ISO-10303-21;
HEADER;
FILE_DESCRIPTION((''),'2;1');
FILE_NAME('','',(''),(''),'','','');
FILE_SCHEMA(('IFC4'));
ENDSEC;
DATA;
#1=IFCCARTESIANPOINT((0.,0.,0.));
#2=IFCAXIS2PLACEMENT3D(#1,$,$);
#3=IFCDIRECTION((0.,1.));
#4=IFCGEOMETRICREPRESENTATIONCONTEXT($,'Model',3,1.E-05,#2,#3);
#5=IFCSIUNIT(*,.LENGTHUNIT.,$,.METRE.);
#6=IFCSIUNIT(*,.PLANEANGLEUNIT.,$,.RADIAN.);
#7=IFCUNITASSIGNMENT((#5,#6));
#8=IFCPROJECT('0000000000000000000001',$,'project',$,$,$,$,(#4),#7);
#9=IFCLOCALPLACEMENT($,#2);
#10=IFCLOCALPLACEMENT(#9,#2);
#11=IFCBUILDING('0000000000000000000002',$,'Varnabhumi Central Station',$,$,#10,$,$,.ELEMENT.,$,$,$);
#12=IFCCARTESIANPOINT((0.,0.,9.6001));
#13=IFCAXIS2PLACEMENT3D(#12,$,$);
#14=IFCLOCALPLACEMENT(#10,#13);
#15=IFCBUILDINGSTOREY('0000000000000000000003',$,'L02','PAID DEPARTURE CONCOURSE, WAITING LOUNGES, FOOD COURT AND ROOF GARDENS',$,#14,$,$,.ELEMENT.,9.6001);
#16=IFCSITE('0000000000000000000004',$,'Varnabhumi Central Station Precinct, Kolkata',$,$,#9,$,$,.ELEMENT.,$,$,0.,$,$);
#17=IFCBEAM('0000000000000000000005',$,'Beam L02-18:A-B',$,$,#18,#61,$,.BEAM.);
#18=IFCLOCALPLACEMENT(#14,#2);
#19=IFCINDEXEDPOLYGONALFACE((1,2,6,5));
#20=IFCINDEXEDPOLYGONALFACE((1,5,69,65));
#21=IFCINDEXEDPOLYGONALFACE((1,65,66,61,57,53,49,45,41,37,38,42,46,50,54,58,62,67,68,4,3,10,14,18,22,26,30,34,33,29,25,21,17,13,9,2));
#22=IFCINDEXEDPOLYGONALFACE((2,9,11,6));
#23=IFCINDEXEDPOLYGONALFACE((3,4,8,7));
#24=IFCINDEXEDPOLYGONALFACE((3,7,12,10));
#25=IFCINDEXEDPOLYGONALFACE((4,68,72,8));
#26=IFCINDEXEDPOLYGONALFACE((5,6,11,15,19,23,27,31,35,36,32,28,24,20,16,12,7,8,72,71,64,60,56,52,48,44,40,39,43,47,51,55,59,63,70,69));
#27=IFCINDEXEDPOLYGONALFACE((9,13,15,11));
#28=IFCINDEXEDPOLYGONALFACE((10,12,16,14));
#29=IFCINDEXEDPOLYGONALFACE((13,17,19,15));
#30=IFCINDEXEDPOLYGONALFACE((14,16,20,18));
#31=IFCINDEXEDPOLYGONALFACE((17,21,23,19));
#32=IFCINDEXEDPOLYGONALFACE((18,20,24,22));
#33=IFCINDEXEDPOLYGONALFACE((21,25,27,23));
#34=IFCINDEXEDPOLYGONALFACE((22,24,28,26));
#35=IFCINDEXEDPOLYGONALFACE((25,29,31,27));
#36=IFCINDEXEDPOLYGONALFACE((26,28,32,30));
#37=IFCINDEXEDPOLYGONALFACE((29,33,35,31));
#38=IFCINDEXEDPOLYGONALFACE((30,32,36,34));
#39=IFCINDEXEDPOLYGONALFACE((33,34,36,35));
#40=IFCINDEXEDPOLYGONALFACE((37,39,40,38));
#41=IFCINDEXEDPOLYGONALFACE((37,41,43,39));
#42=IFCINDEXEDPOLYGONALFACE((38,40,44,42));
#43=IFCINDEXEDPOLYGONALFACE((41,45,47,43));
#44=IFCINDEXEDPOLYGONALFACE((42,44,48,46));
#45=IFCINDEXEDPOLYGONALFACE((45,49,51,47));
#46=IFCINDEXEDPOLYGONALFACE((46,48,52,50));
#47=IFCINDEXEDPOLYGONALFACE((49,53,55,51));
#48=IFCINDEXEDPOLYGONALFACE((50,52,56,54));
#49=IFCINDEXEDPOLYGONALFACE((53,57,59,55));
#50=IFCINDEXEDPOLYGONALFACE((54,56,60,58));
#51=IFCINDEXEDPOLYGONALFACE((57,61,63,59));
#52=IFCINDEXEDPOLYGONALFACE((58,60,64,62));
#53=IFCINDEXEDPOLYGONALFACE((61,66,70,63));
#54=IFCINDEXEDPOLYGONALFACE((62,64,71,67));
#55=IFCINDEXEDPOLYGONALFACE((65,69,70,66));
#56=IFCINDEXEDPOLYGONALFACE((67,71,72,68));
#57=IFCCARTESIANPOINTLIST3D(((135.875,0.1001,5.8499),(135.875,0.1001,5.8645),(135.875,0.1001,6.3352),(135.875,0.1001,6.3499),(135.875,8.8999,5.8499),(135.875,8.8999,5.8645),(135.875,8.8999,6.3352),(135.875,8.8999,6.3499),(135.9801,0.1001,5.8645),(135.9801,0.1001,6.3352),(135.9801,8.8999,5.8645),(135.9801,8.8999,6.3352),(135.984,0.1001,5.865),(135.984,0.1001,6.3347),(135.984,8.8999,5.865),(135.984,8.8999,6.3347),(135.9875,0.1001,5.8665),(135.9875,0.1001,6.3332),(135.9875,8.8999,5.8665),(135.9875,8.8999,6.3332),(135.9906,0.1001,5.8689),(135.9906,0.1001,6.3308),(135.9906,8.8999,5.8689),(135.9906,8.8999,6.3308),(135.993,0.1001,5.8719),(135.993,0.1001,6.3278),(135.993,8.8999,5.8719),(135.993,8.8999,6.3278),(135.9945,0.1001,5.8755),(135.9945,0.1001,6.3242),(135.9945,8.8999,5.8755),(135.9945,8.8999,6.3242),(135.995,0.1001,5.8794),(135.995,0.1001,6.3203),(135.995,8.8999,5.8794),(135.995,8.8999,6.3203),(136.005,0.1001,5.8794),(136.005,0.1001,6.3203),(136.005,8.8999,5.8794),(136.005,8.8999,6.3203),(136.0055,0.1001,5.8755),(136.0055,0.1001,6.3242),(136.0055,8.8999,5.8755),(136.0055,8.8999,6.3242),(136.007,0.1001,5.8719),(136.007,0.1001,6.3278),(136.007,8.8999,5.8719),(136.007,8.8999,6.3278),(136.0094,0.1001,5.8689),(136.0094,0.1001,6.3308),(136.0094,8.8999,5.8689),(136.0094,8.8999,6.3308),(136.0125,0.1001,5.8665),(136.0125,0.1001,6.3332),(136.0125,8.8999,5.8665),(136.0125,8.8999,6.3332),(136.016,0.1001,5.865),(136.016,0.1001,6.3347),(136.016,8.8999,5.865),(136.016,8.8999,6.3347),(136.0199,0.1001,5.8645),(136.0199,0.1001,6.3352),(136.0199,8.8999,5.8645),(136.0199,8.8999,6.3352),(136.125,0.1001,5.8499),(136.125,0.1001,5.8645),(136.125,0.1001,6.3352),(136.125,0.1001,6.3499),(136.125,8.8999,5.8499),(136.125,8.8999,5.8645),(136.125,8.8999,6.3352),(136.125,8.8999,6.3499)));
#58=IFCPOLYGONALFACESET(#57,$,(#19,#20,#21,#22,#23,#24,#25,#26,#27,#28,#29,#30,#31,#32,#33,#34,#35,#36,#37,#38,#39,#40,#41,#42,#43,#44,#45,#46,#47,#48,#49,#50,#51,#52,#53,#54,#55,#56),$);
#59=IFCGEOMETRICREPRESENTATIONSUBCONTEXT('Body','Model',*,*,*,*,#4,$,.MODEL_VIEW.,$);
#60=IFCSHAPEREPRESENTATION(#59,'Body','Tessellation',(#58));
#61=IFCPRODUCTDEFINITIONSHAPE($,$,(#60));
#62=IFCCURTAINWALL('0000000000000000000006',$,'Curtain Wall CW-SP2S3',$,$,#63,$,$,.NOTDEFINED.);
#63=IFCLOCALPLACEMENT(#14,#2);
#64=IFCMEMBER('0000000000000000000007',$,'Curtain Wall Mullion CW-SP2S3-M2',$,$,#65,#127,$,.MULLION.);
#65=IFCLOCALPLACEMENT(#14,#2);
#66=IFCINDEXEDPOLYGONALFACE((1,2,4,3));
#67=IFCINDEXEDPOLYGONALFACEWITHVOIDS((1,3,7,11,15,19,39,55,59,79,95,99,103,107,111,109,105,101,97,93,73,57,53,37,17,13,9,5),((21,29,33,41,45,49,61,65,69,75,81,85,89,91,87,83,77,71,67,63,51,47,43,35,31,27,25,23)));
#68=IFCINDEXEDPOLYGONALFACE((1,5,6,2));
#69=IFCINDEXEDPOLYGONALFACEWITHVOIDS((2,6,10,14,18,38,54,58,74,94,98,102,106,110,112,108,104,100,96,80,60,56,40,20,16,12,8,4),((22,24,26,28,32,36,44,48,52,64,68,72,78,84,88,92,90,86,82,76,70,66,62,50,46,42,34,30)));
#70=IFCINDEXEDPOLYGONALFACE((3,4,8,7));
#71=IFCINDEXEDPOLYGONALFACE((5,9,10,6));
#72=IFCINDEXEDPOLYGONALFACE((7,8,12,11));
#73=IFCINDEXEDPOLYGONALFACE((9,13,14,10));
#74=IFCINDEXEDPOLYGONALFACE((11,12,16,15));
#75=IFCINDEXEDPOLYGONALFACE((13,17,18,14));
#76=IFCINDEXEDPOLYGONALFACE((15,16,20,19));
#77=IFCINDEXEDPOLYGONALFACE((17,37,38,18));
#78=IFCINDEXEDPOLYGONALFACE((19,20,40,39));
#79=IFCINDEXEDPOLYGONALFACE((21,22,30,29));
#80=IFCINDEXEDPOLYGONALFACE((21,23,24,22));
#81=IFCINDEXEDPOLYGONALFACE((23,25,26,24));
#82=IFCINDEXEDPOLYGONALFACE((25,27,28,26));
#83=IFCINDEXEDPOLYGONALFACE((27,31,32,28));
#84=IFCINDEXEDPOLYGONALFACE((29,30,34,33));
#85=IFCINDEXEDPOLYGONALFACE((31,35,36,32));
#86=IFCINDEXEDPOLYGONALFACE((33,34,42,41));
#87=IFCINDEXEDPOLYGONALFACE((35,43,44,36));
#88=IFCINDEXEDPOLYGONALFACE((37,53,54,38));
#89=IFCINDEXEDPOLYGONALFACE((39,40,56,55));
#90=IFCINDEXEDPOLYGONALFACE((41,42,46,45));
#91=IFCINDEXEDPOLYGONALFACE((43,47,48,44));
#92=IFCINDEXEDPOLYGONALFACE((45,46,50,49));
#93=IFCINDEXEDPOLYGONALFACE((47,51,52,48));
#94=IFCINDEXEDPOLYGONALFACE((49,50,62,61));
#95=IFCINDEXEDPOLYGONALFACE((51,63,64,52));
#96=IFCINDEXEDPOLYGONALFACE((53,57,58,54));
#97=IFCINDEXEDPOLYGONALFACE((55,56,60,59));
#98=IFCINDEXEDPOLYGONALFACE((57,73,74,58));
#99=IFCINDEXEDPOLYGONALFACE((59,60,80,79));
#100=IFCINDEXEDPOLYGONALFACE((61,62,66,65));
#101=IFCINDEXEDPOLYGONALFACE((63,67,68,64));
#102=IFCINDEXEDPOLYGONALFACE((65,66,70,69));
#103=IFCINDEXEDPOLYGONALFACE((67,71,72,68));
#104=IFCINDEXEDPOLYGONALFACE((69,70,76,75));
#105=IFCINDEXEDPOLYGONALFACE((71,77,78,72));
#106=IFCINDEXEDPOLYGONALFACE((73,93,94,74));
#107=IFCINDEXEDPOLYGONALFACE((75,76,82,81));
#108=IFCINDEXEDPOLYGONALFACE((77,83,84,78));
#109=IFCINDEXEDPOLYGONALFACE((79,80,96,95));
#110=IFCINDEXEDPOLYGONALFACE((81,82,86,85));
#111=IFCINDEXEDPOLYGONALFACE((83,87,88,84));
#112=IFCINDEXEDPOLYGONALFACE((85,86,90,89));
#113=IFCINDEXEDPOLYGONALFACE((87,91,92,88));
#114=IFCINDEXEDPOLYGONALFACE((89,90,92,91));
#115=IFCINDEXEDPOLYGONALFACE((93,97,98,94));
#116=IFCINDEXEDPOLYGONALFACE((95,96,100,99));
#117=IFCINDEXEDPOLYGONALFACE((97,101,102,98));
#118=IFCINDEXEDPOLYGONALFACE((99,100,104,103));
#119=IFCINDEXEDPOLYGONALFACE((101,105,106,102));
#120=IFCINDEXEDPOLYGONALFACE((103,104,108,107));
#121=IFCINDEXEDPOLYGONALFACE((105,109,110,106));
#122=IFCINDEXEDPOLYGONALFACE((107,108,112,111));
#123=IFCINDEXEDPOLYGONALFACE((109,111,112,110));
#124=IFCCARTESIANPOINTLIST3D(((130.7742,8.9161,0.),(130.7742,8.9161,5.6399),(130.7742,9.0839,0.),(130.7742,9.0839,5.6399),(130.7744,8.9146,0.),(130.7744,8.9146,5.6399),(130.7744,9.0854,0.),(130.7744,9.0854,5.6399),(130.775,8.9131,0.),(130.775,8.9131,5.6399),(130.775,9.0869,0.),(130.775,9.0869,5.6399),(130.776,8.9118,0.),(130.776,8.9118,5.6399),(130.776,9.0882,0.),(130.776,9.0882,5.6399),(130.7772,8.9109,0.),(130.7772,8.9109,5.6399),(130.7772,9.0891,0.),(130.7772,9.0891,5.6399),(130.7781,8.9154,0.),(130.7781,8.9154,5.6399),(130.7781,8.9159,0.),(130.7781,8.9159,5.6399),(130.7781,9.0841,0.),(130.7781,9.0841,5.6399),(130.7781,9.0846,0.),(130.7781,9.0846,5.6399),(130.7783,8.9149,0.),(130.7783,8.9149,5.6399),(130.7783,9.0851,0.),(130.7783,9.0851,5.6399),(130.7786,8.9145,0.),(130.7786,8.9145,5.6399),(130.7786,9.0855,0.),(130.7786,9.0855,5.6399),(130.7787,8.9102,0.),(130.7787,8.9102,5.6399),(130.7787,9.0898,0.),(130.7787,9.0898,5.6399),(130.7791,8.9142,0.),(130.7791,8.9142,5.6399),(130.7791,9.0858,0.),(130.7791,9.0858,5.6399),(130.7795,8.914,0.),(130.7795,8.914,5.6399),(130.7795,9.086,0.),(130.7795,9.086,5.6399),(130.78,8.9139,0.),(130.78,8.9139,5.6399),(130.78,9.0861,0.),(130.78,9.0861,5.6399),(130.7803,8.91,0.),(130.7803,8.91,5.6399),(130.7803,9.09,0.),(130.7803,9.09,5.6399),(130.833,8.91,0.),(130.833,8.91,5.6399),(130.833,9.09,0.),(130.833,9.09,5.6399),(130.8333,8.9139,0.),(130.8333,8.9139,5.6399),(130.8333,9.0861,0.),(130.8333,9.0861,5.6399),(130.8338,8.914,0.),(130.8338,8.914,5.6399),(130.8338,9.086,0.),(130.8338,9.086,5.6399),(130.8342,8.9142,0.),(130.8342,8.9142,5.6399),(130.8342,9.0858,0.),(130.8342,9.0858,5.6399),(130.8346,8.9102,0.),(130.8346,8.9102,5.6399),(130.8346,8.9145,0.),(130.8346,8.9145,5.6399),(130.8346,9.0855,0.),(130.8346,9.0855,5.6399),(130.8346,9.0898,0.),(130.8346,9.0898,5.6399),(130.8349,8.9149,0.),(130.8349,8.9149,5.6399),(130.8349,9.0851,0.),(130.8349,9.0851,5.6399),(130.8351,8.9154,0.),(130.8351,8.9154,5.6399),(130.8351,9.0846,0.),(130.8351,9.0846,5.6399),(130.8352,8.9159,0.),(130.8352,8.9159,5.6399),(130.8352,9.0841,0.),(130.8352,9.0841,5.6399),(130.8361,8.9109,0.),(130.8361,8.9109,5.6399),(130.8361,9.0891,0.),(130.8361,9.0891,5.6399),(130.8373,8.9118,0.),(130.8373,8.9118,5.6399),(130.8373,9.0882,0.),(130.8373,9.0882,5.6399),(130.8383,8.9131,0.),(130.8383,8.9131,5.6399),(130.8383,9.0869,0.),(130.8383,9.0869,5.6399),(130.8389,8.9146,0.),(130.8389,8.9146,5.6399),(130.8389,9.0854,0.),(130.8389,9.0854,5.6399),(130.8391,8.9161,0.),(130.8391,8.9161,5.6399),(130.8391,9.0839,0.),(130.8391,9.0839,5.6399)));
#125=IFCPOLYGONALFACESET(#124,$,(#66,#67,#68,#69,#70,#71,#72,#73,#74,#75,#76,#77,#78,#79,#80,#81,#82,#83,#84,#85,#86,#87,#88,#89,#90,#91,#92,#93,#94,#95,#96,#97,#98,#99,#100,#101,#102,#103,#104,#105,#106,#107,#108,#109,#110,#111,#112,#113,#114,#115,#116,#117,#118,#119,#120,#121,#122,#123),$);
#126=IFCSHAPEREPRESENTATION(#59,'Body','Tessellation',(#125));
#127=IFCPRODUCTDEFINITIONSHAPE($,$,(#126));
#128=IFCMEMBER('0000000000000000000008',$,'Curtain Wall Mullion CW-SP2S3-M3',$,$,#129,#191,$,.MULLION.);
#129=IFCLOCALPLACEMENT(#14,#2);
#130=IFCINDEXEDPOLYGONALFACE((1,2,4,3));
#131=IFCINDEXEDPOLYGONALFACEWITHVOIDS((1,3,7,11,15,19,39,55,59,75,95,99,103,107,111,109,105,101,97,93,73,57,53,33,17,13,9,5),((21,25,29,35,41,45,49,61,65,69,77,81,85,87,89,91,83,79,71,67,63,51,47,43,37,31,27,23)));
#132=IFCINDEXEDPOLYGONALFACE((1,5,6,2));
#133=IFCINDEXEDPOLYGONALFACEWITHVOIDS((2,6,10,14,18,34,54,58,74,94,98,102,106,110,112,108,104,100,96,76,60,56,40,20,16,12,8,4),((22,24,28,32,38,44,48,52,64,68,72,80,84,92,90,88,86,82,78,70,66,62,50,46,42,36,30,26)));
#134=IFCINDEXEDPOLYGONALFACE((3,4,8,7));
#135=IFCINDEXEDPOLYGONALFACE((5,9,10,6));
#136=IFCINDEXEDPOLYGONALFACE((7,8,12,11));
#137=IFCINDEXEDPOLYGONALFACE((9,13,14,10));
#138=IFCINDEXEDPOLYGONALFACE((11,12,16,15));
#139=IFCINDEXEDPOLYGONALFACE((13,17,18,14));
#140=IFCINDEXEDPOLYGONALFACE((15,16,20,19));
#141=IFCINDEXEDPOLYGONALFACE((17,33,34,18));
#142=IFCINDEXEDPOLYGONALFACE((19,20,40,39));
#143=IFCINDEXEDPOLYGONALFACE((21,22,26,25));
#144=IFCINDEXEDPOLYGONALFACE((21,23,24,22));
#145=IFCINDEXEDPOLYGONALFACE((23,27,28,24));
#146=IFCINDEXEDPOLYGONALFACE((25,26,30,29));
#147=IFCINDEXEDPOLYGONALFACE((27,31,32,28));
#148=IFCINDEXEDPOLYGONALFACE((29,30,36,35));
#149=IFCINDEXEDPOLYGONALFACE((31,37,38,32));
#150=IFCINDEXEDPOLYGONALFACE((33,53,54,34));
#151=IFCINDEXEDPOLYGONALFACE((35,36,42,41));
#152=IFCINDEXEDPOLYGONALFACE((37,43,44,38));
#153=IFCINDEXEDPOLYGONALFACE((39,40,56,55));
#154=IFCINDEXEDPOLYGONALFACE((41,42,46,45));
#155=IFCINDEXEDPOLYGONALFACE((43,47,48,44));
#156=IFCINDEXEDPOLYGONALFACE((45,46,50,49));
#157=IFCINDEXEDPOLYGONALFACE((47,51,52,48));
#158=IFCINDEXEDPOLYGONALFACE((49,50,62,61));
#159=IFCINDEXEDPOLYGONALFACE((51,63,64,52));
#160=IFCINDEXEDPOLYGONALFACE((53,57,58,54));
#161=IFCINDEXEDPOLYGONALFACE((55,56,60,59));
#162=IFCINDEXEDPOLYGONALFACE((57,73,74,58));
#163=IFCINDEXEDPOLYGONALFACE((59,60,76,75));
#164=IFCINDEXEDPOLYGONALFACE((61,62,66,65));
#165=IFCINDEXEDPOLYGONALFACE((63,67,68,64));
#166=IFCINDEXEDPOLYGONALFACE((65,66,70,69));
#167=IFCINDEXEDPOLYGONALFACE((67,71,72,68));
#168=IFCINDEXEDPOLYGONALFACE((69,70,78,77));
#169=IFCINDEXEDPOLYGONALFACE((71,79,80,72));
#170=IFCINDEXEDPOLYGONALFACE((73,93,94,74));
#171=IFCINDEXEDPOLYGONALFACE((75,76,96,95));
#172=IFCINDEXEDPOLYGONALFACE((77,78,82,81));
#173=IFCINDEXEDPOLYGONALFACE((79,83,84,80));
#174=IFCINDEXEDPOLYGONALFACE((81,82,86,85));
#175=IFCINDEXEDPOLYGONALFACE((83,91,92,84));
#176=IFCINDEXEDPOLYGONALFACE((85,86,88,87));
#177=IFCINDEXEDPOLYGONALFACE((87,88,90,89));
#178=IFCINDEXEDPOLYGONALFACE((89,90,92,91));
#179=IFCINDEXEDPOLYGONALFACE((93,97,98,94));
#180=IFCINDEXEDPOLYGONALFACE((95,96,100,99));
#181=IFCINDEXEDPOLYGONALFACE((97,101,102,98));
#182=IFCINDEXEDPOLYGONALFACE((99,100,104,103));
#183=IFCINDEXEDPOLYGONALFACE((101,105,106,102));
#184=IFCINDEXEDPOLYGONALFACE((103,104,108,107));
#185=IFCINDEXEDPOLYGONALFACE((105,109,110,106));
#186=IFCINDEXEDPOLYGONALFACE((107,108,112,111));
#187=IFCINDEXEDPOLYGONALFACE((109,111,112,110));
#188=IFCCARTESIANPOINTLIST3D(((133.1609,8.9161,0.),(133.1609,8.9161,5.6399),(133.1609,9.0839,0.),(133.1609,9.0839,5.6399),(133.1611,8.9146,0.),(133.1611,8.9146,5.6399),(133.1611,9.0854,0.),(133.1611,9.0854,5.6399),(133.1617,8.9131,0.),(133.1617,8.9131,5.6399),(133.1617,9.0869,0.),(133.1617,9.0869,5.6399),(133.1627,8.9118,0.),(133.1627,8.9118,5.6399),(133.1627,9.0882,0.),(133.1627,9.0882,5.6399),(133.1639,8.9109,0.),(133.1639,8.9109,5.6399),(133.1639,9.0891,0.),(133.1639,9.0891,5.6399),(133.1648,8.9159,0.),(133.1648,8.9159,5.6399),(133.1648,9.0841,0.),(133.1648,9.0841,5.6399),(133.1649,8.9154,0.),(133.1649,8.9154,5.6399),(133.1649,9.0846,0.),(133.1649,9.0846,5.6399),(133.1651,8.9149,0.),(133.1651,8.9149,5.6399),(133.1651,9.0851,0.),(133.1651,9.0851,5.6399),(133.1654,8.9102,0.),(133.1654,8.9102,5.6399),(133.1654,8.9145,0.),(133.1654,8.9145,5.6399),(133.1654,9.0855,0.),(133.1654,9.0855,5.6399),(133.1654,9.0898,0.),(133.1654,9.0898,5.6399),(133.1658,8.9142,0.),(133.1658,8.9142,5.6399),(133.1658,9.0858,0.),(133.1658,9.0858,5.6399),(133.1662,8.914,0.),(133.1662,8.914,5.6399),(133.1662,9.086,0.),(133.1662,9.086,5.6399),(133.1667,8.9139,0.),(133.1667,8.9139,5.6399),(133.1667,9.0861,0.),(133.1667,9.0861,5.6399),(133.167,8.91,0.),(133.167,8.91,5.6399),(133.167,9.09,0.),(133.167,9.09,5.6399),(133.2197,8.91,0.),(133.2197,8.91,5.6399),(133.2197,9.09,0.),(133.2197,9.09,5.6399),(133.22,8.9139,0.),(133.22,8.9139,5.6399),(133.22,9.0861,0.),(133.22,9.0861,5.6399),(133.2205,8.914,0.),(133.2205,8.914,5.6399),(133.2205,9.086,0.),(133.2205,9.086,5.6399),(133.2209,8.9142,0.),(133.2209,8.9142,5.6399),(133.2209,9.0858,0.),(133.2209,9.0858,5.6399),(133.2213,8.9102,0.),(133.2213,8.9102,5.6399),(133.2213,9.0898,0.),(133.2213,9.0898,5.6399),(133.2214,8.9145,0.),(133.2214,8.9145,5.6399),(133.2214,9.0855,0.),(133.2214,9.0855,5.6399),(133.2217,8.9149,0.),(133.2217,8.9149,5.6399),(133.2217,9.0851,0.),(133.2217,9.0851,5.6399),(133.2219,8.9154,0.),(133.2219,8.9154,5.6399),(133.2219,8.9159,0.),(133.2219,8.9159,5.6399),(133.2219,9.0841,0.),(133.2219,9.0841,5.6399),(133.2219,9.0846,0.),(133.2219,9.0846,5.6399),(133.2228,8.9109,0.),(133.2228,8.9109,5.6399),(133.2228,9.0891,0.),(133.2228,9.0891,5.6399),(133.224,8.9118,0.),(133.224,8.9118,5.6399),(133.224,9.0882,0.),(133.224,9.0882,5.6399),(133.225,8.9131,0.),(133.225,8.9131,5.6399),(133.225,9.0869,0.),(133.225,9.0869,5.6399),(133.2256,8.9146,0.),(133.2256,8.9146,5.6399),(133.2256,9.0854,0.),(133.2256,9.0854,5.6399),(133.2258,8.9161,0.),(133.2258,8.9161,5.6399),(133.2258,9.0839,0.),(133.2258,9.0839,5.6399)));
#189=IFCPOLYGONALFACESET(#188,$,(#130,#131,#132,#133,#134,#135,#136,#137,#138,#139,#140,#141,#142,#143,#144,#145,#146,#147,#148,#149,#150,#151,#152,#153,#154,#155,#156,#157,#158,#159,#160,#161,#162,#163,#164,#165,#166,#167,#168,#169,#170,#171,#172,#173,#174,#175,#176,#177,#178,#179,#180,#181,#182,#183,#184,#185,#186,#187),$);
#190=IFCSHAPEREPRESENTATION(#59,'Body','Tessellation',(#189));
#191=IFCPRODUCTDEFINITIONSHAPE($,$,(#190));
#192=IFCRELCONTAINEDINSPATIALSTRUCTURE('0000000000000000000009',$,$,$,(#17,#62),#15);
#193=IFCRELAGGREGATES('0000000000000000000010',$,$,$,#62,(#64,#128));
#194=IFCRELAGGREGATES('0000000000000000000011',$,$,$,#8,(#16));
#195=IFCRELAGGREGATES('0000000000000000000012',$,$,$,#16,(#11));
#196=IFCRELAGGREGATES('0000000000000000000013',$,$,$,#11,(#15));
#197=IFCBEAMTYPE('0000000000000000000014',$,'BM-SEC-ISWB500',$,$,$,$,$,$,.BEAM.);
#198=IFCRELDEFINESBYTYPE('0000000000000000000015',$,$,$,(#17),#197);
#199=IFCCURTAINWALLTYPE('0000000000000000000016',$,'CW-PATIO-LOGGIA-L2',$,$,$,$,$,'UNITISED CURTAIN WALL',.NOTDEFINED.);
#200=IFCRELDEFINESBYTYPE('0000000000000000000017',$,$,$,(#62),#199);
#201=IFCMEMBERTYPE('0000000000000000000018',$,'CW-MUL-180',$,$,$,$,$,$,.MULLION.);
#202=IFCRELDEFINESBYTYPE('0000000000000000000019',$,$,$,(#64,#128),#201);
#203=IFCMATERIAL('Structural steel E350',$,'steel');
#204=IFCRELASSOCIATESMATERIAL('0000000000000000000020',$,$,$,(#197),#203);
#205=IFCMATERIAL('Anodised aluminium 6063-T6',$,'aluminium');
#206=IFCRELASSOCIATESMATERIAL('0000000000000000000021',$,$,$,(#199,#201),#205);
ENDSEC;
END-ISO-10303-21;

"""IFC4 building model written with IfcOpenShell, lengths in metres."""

from ifc_helpers import new_model, si_unit, direction, frame, origin, origin_2d, place, context, subcontext, project, spatial, hollow_rectangle, i_section, extrude, material, material_profile, profile_set, type_object, element, aggregate, save


model = new_model("IFC4")

# Units and contexts
model_context = context("Model", 3, precision=1e-05, world=origin(), true_north=direction((0.0, 1.0)))
body_context = subcontext(model_context, "Body", "Model", "MODEL_VIEW")
ifc_project = project(units=[si_unit("LENGTHUNIT", "METRE"), si_unit("PLANEANGLEUNIT", "RADIAN")], contexts=[model_context])

# Site, building, storey
site_placement = place(None, origin())
site = spatial("IfcSite", under=ifc_project, at=site_placement, Name="Varnabhumi Central Station Precinct, Kolkata", CompositionType="ELEMENT", RefElevation=0.0)
building_placement = place(site_placement, origin())
building = spatial("IfcBuilding", under=site, at=building_placement, Name="Varnabhumi Central Station", CompositionType="ELEMENT")
storey_placement = place(building_placement, frame((0.0, 0.0, 9.6001)))
storey = spatial("IfcBuildingStorey", under=building, at=storey_placement, Name="L02", Description="PAID DEPARTURE CONCOURSE, WAITING LOUNGES, FOOD COURT AND ROOF GARDENS", CompositionType="ELEMENT", Elevation=9.6001)

# Beam
ifc_material_1 = material(Name="Structural steel E350", Category="steel")
ifc_material_profile_1 = material_profile(ifc_material_1, i_section(OverallWidth=0.25, OverallDepth=0.5, WebThickness=0.01, FlangeThickness=0.0146, FilletRadius=0.0149, at=origin_2d()), Name="Structural steel E350", Category="steel")
ifc_profile_set_1 = profile_set([ifc_material_profile_1], Name="Structural steel E350")
beam_type_1 = type_object("IfcBeamType", Name="BM-SEC-ISWB500", PredefinedType="BEAM", material=ifc_profile_set_1)
beam_1_placement = place(storey_placement, frame((136.0, 0.1001, 6.0999), z_axis=(0.0, 1.0, 0.0), x_axis=(-1.0, 0.0, 0.0)))
element("IfcBeam", 1, at=beam_1_placement, inside=storey, type_object=beam_type_1, Name="Beam L02-18:A-B", PredefinedType="BEAM", context=body_context, shape_type="SweptSolid", body=[
    extrude(i_section(OverallWidth=0.25, OverallDepth=0.5, WebThickness=0.01, FlangeThickness=0.0146, FilletRadius=0.0149, at=origin_2d()), origin(), (0.0, 0.0, 1.0), 8.7998),
])

# Curtain wall, members
ifc_material_2 = material(Name="Anodised aluminium 6063-T6", Category="aluminium")
curtain_wall_type = type_object("IfcCurtainWallType", Name="CW-PATIO-LOGGIA-L2", ElementType="UNITISED CURTAIN WALL", PredefinedType="NOTDEFINED", material=ifc_material_2)
curtain_wall_placement = place(storey_placement, origin())
curtain_wall = element("IfcCurtainWall", 2, at=curtain_wall_placement, inside=storey, type_object=curtain_wall_type, Name="Curtain Wall CW-SP2S3", PredefinedType="NOTDEFINED")
ifc_material_profile_2 = material_profile(ifc_material_2, hollow_rectangle(XDim=0.0649, YDim=0.1799, WallThickness=0.0039, InnerFilletRadius=0.002, OuterFilletRadius=0.0061, at=origin_2d()), Name="Anodised aluminium 6063-T6", Category="aluminium")
ifc_profile_set_2 = profile_set([ifc_material_profile_2], Name="Anodised aluminium 6063-T6")
member_type_1 = type_object("IfcMemberType", Name="CW-MUL-180", PredefinedType="MULLION", material=ifc_profile_set_2)
member_1_placement = place(storey_placement, frame((130.8066, 9.0, 0.0), z_axis=(0.0, 0.0, 1.0), x_axis=(1.0, 0.0, 0.0)))
member_1 = element("IfcMember", 3, at=member_1_placement, type_object=member_type_1, Name="Curtain Wall Mullion CW-SP2S3-M2", PredefinedType="MULLION", context=body_context, shape_type="SweptSolid", body=[
    extrude(hollow_rectangle(XDim=0.0649, YDim=0.1799, WallThickness=0.0039, InnerFilletRadius=0.002, OuterFilletRadius=0.0061, at=origin_2d()), origin(), (0.0, 0.0, 1.0), 5.6399),
])
member_2_placement = place(storey_placement, frame((133.1934, 9.0, 0.0), z_axis=(0.0, 0.0, 1.0), x_axis=(1.0, 0.0, 0.0)))
member_2 = element("IfcMember", 4, at=member_2_placement, type_object=member_type_1, Name="Curtain Wall Mullion CW-SP2S3-M3", PredefinedType="MULLION", context=body_context, shape_type="SweptSolid", body=[
    extrude(hollow_rectangle(XDim=0.0649, YDim=0.1799, WallThickness=0.0039, InnerFilletRadius=0.002, OuterFilletRadius=0.0061, at=origin_2d()), origin(), (0.0, 0.0, 1.0), 5.6399),
])
aggregate(curtain_wall, [member_1, member_2])

save(model, "model.ifc")
